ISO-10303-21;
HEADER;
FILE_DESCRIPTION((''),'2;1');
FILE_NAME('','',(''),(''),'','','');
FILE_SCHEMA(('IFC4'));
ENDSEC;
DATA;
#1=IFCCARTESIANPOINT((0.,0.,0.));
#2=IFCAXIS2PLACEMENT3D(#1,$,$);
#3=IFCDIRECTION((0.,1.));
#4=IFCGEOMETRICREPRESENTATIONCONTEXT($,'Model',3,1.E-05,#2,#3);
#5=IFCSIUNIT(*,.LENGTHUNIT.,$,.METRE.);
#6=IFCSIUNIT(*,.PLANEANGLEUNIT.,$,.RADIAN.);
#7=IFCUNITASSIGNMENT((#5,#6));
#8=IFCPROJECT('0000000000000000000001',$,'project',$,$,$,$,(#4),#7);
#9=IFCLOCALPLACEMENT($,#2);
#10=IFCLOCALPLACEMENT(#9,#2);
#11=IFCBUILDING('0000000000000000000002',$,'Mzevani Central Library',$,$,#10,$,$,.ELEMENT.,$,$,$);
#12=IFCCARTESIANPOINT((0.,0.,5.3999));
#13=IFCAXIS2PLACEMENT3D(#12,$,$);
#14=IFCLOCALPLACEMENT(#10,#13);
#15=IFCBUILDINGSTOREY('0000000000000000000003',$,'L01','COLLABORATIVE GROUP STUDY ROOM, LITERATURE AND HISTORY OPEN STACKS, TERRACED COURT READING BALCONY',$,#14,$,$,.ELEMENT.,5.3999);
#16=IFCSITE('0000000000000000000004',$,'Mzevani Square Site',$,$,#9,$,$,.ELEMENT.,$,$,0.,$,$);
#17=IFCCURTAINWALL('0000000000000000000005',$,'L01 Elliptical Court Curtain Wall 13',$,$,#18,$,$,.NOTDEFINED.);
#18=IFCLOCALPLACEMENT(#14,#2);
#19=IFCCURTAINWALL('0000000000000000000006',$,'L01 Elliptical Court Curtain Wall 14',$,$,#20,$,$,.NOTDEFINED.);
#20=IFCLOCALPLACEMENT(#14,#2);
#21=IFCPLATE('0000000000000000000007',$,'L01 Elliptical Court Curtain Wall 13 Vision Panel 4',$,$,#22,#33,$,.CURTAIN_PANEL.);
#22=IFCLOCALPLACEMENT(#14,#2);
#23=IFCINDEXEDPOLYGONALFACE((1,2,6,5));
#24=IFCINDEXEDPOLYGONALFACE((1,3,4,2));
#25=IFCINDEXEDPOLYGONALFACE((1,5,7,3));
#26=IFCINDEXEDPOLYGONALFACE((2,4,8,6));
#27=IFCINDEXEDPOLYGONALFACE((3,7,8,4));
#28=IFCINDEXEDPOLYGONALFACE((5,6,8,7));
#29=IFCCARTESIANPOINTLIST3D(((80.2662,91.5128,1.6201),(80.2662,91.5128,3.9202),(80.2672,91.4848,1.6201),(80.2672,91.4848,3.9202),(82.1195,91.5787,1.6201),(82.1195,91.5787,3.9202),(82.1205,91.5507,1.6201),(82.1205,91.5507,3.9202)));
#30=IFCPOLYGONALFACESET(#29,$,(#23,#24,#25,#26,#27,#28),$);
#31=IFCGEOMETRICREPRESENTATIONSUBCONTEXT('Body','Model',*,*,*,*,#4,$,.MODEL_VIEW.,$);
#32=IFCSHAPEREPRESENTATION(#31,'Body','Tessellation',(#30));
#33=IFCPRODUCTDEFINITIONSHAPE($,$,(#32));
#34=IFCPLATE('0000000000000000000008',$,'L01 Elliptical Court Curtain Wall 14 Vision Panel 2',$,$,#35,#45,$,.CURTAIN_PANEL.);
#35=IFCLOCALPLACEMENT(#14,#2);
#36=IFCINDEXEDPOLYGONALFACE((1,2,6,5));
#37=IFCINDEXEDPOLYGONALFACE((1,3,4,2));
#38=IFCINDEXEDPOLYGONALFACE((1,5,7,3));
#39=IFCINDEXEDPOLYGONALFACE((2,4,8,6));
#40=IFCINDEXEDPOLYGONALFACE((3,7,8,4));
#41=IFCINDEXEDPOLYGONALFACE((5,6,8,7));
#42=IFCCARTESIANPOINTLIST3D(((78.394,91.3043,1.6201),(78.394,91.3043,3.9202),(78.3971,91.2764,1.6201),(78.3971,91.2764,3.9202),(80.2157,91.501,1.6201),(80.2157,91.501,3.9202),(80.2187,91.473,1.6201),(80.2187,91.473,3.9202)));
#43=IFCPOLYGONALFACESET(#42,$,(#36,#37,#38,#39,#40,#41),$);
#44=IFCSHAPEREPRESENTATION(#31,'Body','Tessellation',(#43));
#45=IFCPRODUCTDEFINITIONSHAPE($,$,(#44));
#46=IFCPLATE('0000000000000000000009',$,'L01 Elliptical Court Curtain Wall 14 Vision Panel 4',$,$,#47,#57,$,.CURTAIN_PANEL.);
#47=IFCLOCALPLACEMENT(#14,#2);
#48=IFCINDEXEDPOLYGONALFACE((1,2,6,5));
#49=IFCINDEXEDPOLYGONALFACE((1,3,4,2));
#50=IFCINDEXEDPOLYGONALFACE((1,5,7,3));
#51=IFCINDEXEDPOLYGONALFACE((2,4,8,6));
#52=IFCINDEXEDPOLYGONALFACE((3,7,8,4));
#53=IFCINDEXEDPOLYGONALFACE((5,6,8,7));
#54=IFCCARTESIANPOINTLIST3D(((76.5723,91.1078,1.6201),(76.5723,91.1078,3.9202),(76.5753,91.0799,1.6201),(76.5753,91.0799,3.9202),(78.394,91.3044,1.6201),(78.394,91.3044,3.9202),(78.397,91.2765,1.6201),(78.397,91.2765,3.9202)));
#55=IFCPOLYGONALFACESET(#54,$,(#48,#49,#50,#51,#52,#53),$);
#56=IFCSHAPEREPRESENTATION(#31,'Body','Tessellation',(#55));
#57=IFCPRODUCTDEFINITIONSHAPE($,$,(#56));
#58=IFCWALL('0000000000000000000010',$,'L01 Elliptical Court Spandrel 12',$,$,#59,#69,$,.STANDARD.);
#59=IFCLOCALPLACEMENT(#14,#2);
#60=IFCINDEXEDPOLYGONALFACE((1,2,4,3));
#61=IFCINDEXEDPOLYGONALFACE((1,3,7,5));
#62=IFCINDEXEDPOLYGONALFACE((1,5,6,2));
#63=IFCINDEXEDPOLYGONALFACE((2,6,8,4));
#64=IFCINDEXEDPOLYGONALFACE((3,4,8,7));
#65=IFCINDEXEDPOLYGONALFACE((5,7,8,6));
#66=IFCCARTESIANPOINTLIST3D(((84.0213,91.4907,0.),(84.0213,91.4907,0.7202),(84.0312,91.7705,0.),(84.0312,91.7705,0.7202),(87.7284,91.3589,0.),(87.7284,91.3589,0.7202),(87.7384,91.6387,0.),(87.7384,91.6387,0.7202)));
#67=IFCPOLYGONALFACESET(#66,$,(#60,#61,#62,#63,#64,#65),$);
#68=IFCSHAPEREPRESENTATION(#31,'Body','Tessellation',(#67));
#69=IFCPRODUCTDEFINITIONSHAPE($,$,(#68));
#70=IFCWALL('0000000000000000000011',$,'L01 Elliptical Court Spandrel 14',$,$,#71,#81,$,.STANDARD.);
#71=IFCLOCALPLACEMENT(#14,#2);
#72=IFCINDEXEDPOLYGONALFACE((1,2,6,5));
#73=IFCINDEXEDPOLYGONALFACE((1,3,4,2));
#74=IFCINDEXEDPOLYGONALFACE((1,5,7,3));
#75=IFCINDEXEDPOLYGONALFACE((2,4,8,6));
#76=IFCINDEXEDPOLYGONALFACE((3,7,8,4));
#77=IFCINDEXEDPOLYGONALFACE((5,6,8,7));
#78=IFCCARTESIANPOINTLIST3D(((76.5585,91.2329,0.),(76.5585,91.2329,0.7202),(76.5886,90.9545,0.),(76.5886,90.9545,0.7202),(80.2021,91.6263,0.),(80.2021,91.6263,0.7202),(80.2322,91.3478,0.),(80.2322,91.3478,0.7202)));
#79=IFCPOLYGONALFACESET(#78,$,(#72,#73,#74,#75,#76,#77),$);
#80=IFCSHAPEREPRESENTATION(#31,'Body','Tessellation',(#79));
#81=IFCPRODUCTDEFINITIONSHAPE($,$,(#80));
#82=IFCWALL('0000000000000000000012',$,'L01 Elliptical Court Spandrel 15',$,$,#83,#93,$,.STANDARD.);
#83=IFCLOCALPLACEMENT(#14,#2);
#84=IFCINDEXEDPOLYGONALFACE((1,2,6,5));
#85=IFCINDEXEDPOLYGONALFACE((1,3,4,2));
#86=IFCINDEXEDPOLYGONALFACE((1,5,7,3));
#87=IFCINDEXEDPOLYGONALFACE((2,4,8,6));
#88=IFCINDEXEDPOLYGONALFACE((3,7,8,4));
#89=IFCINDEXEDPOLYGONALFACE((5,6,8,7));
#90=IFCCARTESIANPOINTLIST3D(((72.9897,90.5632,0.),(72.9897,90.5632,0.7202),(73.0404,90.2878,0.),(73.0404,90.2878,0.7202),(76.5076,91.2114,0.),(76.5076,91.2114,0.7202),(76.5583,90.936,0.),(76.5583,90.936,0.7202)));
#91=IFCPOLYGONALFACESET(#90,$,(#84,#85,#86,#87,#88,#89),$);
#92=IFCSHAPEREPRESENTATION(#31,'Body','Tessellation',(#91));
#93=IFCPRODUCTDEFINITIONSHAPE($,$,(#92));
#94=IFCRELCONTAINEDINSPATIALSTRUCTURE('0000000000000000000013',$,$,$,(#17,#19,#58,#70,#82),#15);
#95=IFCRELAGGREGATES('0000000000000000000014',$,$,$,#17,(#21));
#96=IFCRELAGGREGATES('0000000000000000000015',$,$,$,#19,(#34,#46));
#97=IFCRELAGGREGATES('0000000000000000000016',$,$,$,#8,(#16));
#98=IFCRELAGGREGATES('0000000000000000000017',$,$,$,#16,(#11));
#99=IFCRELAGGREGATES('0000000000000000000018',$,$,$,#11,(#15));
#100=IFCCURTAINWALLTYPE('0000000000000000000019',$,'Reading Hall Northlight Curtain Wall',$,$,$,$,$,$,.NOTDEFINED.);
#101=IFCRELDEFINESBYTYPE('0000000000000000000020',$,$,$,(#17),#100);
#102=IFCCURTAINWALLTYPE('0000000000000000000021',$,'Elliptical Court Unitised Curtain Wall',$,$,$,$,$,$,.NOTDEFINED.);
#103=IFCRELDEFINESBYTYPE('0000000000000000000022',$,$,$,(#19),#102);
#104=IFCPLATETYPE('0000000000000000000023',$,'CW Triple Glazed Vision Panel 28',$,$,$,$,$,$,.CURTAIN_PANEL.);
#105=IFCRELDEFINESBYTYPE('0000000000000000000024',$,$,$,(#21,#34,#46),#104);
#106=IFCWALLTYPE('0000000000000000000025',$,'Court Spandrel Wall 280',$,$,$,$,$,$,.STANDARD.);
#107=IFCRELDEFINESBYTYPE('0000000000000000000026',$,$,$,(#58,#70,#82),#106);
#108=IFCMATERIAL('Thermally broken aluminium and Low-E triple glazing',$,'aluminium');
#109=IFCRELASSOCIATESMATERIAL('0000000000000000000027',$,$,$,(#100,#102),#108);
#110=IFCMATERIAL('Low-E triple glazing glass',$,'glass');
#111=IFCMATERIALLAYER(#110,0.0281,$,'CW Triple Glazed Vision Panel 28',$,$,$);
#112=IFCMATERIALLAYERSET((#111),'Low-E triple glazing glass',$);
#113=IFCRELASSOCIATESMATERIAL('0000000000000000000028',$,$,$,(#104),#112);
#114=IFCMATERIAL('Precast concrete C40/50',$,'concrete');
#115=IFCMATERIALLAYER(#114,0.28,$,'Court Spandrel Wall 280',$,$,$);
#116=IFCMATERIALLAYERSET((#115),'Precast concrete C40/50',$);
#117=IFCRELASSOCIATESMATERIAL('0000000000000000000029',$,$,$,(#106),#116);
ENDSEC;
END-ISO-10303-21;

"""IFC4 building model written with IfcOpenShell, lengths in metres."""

from ifc_helpers import new_model, si_unit, direction, frame, frame_2d, origin, origin_2d, place, context, subcontext, project, spatial, rectangle, extrude, material, layer, layer_set, type_object, element, aggregate, save


model = new_model("IFC4")

# Units and contexts
model_context = context("Model", 3, precision=1e-05, world=origin(), true_north=direction((0.0, 1.0)))
body_context = subcontext(model_context, "Body", "Model", "MODEL_VIEW")
ifc_project = project(units=[si_unit("LENGTHUNIT", "METRE"), si_unit("PLANEANGLEUNIT", "RADIAN")], contexts=[model_context])

# Site, building, storey
site_placement = place(None, origin())
site = spatial("IfcSite", under=ifc_project, at=site_placement, Name="Mzevani Square Site", CompositionType="ELEMENT", RefElevation=0.0)
building_placement = place(site_placement, origin())
building = spatial("IfcBuilding", under=site, at=building_placement, Name="Mzevani Central Library", CompositionType="ELEMENT")
storey_placement = place(building_placement, frame((0.0, 0.0, 5.3999)))
storey = spatial("IfcBuildingStorey", under=building, at=storey_placement, Name="L01", Description="COLLABORATIVE GROUP STUDY ROOM, LITERATURE AND HISTORY OPEN STACKS, TERRACED COURT READING BALCONY", CompositionType="ELEMENT", Elevation=5.3999)

# Curtain walls
ifc_material_1 = material(Name="Thermally broken aluminium and Low-E triple glazing", Category="aluminium")
curtain_wall_type_1 = type_object("IfcCurtainWallType", Name="Reading Hall Northlight Curtain Wall", PredefinedType="NOTDEFINED", material=ifc_material_1)
curtain_wall_1_placement = place(storey_placement, origin())
curtain_wall_1 = element("IfcCurtainWall", 1, at=curtain_wall_1_placement, inside=storey, type_object=curtain_wall_type_1, Name="L01 Elliptical Court Curtain Wall 13", PredefinedType="NOTDEFINED")
curtain_wall_type_2 = type_object("IfcCurtainWallType", Name="Elliptical Court Unitised Curtain Wall", PredefinedType="NOTDEFINED", material=ifc_material_1)
curtain_wall_2_placement = place(storey_placement, origin())
curtain_wall_2 = element("IfcCurtainWall", 2, at=curtain_wall_2_placement, inside=storey, type_object=curtain_wall_type_2, Name="L01 Elliptical Court Curtain Wall 14", PredefinedType="NOTDEFINED")

# Plates
ifc_material_2 = material(Name="Low-E triple glazing glass", Category="glass")
ifc_layer_1 = layer(ifc_material_2, 0.0281, Name="CW Triple Glazed Vision Panel 28")
ifc_layer_set_1 = layer_set([ifc_layer_1], Name="Low-E triple glazing glass")
plate_type_1 = type_object("IfcPlateType", Name="CW Triple Glazed Vision Panel 28", PredefinedType="CURTAIN_PANEL", material=ifc_layer_set_1)
plate_1_placement = place(storey_placement, frame((81.1934, 91.5317, 1.6201), z_axis=(0.0, 0.0, 1.0), x_axis=(-0.999369, -0.035533, 0.0)))
plate_1 = element("IfcPlate", 3, at=plate_1_placement, type_object=plate_type_1, Name="L01 Elliptical Court Curtain Wall 13 Vision Panel 4", PredefinedType="CURTAIN_PANEL", context=body_context, shape_type="SweptSolid", body=[
    extrude(rectangle(XDim=1.8545, YDim=0.0281, at=origin_2d()), origin(), (0.0, 0.0, 1.0), 2.3),
])
aggregate(curtain_wall_1, [plate_1])
plate_2_placement = place(storey_placement, frame((79.3064, 91.3887, 1.6201), z_axis=(0.0, 0.0, 1.0), x_axis=(-0.994224, -0.107323, 0.0)))
plate_2 = element("IfcPlate", 4, at=plate_2_placement, type_object=plate_type_1, Name="L01 Elliptical Court Curtain Wall 14 Vision Panel 2", PredefinedType="CURTAIN_PANEL", context=body_context, shape_type="SweptSolid", body=[
    extrude(rectangle(XDim=1.8323, YDim=0.0281, at=origin_2d()), origin(), (0.0, 0.0, 1.0), 2.3),
])
plate_3_placement = place(storey_placement, frame((77.4846, 91.1921, 1.6201), z_axis=(0.0, 0.0, 1.0), x_axis=(-0.994224, -0.107323, 0.0)))
plate_3 = element("IfcPlate", 5, at=plate_3_placement, type_object=plate_type_1, Name="L01 Elliptical Court Curtain Wall 14 Vision Panel 4", PredefinedType="CURTAIN_PANEL", context=body_context, shape_type="SweptSolid", body=[
    extrude(rectangle(XDim=1.8323, YDim=0.0281, at=origin_2d()), origin(), (0.0, 0.0, 1.0), 2.3),
])
aggregate(curtain_wall_2, [plate_2, plate_3])

# Walls
ifc_material_3 = material(Name="Precast concrete C40/50", Category="concrete")
ifc_layer_2 = layer(ifc_material_3, 0.28, Name="Court Spandrel Wall 280")
ifc_layer_set_2 = layer_set([ifc_layer_2], Name="Precast concrete C40/50")
wall_type = type_object("IfcWallType", Name="Court Spandrel Wall 280", PredefinedType="STANDARD", material=ifc_layer_set_2)
wall_1_placement = place(storey_placement, frame((87.7334, 91.4988, 0.0), z_axis=(0.0, 0.0, 1.0), x_axis=(-0.999368, 0.035541, 0.0)))
element("IfcWall", 6, at=wall_1_placement, inside=storey, type_object=wall_type, Name="L01 Elliptical Court Spandrel 12", PredefinedType="STANDARD", context=body_context, shape_type="SweptSolid", body=[
    extrude(rectangle(XDim=3.7095, YDim=0.28, at=frame_2d((1.8547, 0.0))), origin(), (0.0, 0.0, 1.0), 0.7202),
])
wall_2_placement = place(storey_placement, frame((80.2173, 91.4871, 0.0), z_axis=(0.0, 0.0, 1.0), x_axis=(-0.994224, -0.107323, 0.0)))
element("IfcWall", 7, at=wall_2_placement, inside=storey, type_object=wall_type, Name="L01 Elliptical Court Spandrel 14", PredefinedType="STANDARD", context=body_context, shape_type="SweptSolid", body=[
    extrude(rectangle(XDim=3.6648, YDim=0.28, at=frame_2d((1.8325, 0.0))), origin(), (0.0, 0.0, 1.0), 0.7202),
])
wall_3_placement = place(storey_placement, frame((76.533, 91.0737, 0.0), z_axis=(0.0, 0.0, 1.0), x_axis=(-0.983445, -0.181209, 0.0)))
element("IfcWall", 8, at=wall_3_placement, inside=storey, type_object=wall_type, Name="L01 Elliptical Court Spandrel 15", PredefinedType="STANDARD", context=body_context, shape_type="SweptSolid", body=[
    extrude(rectangle(XDim=3.5771, YDim=0.28, at=frame_2d((1.7886, 0.0))), origin(), (0.0, 0.0, 1.0), 0.7202),
])

save(model, "model.ifc")
